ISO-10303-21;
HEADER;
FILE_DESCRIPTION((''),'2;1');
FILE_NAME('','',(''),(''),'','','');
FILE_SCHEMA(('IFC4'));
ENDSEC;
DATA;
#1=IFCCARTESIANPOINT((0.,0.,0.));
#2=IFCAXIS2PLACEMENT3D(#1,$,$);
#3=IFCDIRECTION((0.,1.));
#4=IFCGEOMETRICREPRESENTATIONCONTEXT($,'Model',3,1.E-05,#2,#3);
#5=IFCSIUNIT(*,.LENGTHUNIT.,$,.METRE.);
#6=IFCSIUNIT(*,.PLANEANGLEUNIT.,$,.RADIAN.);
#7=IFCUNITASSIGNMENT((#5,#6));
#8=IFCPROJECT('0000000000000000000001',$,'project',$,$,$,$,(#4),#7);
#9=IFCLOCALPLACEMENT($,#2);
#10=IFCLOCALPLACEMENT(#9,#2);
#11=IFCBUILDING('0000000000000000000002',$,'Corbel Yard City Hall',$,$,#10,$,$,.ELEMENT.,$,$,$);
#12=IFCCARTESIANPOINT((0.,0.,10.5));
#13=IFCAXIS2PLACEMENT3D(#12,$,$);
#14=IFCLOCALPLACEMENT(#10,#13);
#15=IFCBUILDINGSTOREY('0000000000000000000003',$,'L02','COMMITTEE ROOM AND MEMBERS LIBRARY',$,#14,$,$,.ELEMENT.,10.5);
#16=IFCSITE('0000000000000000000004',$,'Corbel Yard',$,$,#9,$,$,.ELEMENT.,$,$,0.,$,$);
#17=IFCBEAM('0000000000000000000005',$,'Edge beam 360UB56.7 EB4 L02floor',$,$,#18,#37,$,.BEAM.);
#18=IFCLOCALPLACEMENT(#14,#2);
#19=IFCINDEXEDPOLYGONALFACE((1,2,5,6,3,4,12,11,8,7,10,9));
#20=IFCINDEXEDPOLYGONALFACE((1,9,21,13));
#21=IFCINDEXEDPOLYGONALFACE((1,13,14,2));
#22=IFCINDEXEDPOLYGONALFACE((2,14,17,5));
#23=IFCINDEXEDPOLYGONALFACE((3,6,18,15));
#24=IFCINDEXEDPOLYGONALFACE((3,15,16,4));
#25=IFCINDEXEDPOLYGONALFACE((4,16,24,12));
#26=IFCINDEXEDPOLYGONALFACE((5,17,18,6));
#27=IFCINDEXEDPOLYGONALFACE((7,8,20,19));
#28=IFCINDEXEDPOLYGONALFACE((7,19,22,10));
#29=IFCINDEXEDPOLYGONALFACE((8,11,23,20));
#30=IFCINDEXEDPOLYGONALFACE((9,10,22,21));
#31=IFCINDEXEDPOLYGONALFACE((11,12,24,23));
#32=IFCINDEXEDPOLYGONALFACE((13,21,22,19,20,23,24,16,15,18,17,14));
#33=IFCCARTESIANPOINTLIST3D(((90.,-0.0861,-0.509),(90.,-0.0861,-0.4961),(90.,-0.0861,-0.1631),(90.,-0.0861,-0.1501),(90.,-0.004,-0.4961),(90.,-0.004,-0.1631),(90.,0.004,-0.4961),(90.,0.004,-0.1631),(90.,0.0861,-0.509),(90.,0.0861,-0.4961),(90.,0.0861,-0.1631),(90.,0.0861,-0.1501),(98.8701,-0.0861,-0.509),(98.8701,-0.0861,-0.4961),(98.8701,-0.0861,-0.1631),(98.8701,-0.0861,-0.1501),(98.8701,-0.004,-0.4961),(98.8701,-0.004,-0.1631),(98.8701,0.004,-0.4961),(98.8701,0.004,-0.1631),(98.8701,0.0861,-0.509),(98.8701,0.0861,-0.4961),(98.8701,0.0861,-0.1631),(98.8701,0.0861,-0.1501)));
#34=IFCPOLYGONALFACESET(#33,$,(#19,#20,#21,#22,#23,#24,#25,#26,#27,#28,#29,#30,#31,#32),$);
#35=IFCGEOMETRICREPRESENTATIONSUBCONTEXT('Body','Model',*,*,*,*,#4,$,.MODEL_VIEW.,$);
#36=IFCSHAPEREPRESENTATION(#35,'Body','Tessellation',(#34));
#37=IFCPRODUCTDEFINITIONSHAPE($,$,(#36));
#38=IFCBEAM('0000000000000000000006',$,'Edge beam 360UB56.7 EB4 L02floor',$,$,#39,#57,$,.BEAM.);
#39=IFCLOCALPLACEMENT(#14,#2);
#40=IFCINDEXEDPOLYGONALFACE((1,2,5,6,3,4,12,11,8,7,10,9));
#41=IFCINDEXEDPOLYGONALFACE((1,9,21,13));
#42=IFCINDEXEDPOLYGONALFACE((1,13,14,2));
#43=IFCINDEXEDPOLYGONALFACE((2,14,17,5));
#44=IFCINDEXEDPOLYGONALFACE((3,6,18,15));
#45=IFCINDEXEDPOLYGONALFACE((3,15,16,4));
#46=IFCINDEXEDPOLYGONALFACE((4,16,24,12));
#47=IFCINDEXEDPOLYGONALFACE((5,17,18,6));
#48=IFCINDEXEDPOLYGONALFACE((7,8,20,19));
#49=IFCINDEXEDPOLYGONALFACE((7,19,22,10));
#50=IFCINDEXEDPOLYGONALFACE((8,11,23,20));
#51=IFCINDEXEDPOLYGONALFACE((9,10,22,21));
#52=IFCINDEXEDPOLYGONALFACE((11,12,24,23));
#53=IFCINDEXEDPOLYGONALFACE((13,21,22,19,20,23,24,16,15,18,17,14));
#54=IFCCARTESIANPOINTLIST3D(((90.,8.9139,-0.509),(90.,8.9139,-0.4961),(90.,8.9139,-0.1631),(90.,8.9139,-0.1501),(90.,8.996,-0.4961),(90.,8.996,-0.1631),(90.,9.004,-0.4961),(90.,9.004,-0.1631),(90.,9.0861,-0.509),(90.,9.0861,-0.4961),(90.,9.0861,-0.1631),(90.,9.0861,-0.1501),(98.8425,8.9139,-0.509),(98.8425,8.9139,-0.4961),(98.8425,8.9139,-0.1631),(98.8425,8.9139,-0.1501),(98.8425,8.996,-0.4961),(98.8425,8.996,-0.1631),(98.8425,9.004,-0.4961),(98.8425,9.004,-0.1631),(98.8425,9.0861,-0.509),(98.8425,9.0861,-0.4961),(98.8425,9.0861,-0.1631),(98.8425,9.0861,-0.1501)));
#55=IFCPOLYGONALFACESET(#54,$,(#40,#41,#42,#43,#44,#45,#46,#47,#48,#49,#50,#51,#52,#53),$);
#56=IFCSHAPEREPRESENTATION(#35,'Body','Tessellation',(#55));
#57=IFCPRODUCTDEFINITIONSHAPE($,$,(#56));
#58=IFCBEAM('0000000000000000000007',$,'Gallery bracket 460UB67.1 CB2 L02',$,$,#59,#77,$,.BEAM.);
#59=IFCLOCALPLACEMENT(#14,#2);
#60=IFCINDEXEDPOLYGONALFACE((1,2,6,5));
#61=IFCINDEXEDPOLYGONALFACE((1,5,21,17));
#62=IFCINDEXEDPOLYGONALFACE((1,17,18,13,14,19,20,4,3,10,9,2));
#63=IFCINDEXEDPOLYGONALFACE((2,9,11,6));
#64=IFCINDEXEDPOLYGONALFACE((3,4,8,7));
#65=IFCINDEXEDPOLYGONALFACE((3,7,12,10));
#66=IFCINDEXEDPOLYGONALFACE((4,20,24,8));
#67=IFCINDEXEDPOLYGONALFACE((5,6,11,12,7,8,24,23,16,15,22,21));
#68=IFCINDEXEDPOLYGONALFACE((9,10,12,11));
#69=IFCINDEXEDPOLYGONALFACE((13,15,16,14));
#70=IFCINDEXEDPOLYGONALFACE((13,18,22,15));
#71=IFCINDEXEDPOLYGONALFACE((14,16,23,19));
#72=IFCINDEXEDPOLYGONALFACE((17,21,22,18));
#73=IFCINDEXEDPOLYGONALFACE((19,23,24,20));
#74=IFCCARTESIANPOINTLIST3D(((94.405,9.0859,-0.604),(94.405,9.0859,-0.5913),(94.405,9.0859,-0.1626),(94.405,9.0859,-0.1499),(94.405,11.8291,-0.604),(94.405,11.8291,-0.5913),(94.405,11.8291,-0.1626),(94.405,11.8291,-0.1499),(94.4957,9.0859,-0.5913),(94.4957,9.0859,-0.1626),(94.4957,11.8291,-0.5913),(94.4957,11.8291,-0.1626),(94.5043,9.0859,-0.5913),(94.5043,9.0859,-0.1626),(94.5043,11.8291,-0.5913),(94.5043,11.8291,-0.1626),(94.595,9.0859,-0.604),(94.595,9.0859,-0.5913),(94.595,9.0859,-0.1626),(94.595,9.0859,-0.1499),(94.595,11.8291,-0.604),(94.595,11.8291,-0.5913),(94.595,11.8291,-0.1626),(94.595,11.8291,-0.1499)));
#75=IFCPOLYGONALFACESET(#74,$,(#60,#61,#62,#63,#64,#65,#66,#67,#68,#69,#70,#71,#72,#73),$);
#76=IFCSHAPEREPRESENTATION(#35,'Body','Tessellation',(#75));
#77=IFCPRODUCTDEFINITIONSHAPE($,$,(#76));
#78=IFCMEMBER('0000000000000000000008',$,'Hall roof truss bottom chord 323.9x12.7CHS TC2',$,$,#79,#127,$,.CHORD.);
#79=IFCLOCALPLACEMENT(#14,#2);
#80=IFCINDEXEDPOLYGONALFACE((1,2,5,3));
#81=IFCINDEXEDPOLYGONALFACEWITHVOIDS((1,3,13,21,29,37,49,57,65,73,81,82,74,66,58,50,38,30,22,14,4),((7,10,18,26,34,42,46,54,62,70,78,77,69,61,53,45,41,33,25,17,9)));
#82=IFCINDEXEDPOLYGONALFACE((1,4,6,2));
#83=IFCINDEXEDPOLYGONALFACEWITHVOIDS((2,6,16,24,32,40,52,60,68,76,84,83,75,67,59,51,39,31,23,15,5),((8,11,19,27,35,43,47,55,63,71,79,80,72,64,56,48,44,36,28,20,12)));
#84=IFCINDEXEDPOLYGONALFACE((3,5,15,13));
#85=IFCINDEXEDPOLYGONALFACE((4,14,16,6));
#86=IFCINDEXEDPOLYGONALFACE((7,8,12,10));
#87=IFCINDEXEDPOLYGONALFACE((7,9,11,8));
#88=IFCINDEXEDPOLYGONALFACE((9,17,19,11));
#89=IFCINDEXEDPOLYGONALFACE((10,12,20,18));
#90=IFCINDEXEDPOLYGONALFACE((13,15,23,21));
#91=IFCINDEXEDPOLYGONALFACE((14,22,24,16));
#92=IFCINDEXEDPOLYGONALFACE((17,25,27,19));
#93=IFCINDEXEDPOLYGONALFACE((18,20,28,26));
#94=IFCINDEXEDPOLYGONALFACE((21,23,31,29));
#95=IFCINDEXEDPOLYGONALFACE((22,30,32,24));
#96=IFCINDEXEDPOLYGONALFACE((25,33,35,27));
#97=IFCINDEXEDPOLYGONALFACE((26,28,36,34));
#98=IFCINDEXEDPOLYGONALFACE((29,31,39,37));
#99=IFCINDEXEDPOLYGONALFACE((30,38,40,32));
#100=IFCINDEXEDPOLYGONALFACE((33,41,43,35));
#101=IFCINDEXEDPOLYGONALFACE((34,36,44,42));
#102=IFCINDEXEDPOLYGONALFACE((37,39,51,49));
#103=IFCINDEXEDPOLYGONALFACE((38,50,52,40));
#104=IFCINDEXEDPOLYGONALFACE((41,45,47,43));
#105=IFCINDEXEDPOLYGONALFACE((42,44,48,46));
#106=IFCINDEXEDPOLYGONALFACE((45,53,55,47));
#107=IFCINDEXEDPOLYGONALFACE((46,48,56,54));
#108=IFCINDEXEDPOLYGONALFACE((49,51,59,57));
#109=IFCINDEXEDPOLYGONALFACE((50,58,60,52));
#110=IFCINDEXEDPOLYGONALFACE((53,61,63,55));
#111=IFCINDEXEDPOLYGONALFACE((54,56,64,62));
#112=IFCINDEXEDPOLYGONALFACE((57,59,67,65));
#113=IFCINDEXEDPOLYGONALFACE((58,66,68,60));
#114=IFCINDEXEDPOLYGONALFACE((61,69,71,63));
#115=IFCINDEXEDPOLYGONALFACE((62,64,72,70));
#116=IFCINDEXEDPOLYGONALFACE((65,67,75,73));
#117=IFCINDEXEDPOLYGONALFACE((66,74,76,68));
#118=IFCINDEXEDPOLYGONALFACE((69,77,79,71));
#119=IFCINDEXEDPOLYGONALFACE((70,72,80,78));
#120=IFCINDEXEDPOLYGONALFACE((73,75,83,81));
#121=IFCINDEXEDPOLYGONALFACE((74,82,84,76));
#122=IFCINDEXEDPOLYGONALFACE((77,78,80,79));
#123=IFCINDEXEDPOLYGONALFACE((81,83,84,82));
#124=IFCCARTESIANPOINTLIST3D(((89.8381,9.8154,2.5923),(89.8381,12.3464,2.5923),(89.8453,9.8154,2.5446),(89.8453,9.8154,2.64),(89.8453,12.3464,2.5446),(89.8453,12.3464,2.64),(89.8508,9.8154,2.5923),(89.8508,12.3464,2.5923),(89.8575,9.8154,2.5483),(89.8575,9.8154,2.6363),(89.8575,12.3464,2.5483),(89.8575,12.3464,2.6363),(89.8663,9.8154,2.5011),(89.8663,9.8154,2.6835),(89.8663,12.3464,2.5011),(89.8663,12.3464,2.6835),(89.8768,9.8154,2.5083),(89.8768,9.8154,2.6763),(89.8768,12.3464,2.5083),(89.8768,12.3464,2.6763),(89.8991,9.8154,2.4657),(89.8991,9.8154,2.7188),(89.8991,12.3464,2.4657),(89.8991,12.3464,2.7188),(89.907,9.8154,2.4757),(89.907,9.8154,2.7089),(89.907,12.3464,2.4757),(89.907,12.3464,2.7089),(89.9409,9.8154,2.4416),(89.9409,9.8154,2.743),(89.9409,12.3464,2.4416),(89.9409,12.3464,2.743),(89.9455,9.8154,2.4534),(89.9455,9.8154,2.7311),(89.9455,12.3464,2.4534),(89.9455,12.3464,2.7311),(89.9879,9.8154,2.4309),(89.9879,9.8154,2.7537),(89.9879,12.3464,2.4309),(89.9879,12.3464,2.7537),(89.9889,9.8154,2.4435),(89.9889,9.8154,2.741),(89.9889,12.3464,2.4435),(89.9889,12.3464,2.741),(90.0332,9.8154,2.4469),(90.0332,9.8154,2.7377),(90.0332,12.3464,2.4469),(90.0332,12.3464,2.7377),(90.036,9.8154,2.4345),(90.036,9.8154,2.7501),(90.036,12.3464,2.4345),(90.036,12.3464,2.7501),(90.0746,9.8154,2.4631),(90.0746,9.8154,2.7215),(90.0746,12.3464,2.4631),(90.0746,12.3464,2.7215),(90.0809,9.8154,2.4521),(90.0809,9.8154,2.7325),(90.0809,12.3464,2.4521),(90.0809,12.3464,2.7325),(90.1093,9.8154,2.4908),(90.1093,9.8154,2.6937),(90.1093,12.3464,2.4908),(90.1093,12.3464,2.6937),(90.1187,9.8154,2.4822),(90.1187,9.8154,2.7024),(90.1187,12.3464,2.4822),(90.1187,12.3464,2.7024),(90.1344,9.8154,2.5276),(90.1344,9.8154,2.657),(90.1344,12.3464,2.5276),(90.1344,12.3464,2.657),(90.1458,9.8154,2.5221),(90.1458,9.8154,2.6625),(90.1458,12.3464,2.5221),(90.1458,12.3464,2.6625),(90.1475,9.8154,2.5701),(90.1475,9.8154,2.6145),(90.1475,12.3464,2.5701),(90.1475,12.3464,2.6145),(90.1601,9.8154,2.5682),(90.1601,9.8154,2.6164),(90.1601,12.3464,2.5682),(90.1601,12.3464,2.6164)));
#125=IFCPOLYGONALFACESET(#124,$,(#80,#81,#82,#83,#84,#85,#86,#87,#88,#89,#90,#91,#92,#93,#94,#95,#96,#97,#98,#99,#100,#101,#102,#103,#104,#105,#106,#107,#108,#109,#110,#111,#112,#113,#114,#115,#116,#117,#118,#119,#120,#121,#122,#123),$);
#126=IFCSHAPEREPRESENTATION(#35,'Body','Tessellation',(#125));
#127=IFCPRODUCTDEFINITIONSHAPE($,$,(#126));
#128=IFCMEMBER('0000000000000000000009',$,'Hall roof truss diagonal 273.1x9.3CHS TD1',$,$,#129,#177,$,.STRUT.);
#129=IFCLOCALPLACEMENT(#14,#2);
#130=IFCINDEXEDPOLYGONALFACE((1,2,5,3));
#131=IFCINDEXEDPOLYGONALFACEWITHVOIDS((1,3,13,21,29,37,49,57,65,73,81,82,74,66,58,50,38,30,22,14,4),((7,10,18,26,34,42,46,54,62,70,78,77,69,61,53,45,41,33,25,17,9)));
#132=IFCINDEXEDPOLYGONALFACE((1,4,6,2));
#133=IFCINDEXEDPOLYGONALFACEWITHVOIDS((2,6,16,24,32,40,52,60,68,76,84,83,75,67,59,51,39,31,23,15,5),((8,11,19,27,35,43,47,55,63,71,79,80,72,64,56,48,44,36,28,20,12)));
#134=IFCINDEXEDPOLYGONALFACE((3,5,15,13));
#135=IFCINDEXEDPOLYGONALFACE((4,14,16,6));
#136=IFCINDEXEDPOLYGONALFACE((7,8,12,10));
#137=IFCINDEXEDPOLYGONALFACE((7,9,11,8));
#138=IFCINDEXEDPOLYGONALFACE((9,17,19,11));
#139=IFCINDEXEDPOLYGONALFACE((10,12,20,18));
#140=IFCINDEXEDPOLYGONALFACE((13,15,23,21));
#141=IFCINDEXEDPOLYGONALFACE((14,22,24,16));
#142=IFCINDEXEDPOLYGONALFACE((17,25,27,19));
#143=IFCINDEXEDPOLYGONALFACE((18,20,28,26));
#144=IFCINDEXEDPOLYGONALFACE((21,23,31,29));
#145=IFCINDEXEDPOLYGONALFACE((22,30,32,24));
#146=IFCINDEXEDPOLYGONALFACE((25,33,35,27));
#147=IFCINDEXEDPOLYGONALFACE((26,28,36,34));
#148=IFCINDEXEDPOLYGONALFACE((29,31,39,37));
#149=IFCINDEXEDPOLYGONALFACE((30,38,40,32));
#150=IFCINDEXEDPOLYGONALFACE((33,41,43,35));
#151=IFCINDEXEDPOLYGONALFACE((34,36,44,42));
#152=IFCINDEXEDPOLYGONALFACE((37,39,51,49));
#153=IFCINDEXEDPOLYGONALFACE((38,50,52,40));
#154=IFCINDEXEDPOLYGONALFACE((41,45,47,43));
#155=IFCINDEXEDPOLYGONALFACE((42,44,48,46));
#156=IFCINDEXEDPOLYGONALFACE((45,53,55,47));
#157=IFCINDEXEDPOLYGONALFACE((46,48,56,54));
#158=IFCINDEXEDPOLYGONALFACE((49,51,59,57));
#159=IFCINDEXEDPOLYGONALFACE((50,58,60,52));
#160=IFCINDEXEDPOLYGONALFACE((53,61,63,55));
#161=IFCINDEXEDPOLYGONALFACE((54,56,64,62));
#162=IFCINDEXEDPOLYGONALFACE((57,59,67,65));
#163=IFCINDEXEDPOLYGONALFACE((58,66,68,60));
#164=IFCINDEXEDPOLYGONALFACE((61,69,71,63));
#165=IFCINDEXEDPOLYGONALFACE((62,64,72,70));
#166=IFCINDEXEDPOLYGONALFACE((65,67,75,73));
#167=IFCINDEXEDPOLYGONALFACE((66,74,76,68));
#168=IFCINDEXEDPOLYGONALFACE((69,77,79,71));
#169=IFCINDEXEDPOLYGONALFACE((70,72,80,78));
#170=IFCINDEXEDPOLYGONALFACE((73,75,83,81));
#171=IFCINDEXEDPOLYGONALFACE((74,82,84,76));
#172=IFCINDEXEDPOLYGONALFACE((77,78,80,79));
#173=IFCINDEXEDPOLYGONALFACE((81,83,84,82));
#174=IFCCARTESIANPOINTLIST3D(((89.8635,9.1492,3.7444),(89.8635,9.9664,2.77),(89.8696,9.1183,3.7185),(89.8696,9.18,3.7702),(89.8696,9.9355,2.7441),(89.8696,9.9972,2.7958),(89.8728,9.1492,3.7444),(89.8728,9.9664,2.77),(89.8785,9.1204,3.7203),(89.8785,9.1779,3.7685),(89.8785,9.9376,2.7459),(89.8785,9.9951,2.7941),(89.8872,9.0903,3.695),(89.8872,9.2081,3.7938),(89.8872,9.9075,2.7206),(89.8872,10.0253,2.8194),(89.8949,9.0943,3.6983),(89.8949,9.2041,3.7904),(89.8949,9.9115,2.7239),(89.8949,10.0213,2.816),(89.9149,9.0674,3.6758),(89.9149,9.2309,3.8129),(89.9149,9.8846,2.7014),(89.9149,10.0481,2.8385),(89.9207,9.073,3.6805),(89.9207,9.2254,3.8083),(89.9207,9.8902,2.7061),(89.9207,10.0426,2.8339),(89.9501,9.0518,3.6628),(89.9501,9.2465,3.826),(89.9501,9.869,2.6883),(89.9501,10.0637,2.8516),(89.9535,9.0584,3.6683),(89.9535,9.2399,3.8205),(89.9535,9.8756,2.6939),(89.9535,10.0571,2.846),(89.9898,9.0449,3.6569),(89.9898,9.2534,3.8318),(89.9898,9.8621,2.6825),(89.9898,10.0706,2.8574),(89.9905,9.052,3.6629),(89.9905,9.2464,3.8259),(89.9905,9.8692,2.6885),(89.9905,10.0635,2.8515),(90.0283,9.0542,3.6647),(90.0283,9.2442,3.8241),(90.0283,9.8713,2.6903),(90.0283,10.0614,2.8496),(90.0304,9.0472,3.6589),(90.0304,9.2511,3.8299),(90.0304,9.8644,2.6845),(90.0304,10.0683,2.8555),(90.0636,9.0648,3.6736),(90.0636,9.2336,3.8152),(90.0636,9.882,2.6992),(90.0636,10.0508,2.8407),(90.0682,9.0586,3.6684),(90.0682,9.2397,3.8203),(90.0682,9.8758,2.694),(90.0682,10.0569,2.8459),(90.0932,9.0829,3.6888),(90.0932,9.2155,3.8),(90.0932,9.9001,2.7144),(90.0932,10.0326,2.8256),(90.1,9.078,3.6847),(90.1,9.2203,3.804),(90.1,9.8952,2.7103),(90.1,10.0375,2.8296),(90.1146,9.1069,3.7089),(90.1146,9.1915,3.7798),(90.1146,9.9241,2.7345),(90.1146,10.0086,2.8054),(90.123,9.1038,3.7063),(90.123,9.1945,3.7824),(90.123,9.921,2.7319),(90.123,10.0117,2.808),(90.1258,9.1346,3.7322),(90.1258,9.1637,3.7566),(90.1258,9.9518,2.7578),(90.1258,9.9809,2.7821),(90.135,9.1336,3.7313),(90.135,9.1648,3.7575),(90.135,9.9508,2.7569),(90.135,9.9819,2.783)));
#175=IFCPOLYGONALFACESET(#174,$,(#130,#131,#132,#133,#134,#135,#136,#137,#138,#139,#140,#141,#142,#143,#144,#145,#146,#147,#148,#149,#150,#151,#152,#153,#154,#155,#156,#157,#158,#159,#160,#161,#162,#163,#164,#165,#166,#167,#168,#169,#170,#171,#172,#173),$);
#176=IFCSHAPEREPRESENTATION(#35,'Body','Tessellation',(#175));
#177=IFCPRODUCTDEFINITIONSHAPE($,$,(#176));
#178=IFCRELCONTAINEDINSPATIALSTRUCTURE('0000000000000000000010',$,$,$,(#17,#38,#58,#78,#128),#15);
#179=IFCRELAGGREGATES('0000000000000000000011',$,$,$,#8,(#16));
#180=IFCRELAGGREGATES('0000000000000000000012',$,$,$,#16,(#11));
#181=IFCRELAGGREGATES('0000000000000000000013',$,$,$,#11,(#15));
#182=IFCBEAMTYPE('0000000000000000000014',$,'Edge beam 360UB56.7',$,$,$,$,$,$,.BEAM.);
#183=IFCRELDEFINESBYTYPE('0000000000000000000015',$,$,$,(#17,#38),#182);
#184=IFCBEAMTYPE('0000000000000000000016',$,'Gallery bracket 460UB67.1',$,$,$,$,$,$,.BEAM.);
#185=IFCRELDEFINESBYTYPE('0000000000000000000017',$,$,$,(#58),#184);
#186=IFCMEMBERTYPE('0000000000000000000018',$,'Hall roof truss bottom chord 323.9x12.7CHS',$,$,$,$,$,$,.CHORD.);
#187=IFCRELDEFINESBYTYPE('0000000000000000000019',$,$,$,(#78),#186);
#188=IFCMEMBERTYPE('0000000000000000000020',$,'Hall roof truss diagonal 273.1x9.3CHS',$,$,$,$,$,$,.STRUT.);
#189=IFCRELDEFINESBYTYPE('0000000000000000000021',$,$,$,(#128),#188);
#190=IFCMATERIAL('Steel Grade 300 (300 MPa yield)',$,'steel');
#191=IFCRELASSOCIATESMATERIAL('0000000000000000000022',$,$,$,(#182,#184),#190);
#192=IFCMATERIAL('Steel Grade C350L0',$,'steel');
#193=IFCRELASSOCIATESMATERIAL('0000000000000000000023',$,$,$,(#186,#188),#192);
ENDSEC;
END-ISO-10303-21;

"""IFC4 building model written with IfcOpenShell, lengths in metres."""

from ifc_helpers import new_model, si_unit, direction, frame, origin, origin_2d, place, context, subcontext, project, spatial, hollow_circle, i_section, extrude, material, material_profile, profile_set, type_object, element, save


model = new_model("IFC4")

# Units and contexts
model_context = context("Model", 3, precision=1e-05, world=origin(), true_north=direction((0.0, 1.0)))
body_context = subcontext(model_context, "Body", "Model", "MODEL_VIEW")
ifc_project = project(units=[si_unit("LENGTHUNIT", "METRE"), si_unit("PLANEANGLEUNIT", "RADIAN")], contexts=[model_context])

# Site, building, storey
site_placement = place(None, origin())
site = spatial("IfcSite", under=ifc_project, at=site_placement, Name="Corbel Yard", CompositionType="ELEMENT", RefElevation=0.0)
building_placement = place(site_placement, origin())
building = spatial("IfcBuilding", under=site, at=building_placement, Name="Corbel Yard City Hall", CompositionType="ELEMENT")
storey_placement = place(building_placement, frame((0.0, 0.0, 10.5)))
storey = spatial("IfcBuildingStorey", under=building, at=storey_placement, Name="L02", Description="COMMITTEE ROOM AND MEMBERS LIBRARY", CompositionType="ELEMENT", Elevation=10.5)

# Beams
ifc_material_1 = material(Name="Steel Grade 300 (300 MPa yield)", Category="steel")
ifc_material_profile_1 = material_profile(ifc_material_1, i_section(OverallWidth=0.1721, OverallDepth=0.3589, WebThickness=0.0081, FlangeThickness=0.0129, at=origin_2d()), Name="360UB56.7")
ifc_profile_set_1 = profile_set([ifc_material_profile_1], Name="Steel Grade 300 (300 MPa yield)")
beam_type_1 = type_object("IfcBeamType", Name="Edge beam 360UB56.7", PredefinedType="BEAM", material=ifc_profile_set_1)
beam_1_placement = place(storey_placement, frame((90.0, 0.0, -0.3296), z_axis=(1.0, 0.0, 0.0), x_axis=(0.0, 1.0, 0.0)))
element("IfcBeam", 1, at=beam_1_placement, inside=storey, type_object=beam_type_1, Name="Edge beam 360UB56.7 EB4 L02floor", PredefinedType="BEAM", context=body_context, shape_type="SweptSolid", body=[
    extrude(i_section(OverallWidth=0.1721, OverallDepth=0.3589, WebThickness=0.0081, FlangeThickness=0.0129, at=origin_2d()), origin(), (0.0, 0.0, 1.0), 8.8701),
])
beam_2_placement = place(storey_placement, frame((90.0, 9.0, -0.3296), z_axis=(1.0, 0.0, 0.0), x_axis=(0.0, 1.0, 0.0)))
element("IfcBeam", 2, at=beam_2_placement, inside=storey, type_object=beam_type_1, Name="Edge beam 360UB56.7 EB4 L02floor", PredefinedType="BEAM", context=body_context, shape_type="SweptSolid", body=[
    extrude(i_section(OverallWidth=0.1721, OverallDepth=0.3589, WebThickness=0.0081, FlangeThickness=0.0129, at=origin_2d()), origin(), (0.0, 0.0, 1.0), 8.8425),
])
ifc_material_profile_2 = material_profile(ifc_material_1, i_section(OverallWidth=0.1899, OverallDepth=0.4541, WebThickness=0.0085, FlangeThickness=0.0127, at=origin_2d()), Name="460UB67.1")
ifc_profile_set_2 = profile_set([ifc_material_profile_2], Name="Steel Grade 300 (300 MPa yield)")
beam_type_2 = type_object("IfcBeamType", Name="Gallery bracket 460UB67.1", PredefinedType="BEAM", material=ifc_profile_set_2)
beam_3_placement = place(storey_placement, frame((94.5, 9.0859, -0.377), z_axis=(0.0, 1.0, 0.0), x_axis=(-1.0, 0.0, 0.0)))
element("IfcBeam", 3, at=beam_3_placement, inside=storey, type_object=beam_type_2, Name="Gallery bracket 460UB67.1 CB2 L02", PredefinedType="BEAM", context=body_context, shape_type="SweptSolid", body=[
    extrude(i_section(OverallWidth=0.1899, OverallDepth=0.4541, WebThickness=0.0085, FlangeThickness=0.0127, at=origin_2d()), origin(), (0.0, 0.0, 1.0), 2.7432),
])

# Members
ifc_material_2 = material(Name="Steel Grade C350L0", Category="steel")
ifc_material_profile_3 = material_profile(ifc_material_2, hollow_circle(Radius=0.1619, WallThickness=0.0127, at=origin_2d()), Name="323.9x12.7CHS")
ifc_profile_set_3 = profile_set([ifc_material_profile_3], Name="Steel Grade C350L0")
member_type_1 = type_object("IfcMemberType", Name="Hall roof truss bottom chord 323.9x12.7CHS", PredefinedType="CHORD", material=ifc_profile_set_3)
member_1_placement = place(storey_placement, frame((90.0, 9.8154, 2.5923), z_axis=(0.0, 1.0, 0.0), x_axis=(-1.0, 0.0, 0.0)))
element("IfcMember", 4, at=member_1_placement, inside=storey, type_object=member_type_1, Name="Hall roof truss bottom chord 323.9x12.7CHS TC2", PredefinedType="CHORD", context=body_context, shape_type="SweptSolid", body=[
    extrude(hollow_circle(Radius=0.1619, WallThickness=0.0127, at=origin_2d()), origin(), (0.0, 0.0, 1.0), 2.531),
])
ifc_material_profile_4 = material_profile(ifc_material_2, hollow_circle(Radius=0.1365, WallThickness=0.0093, at=origin_2d()), Name="273.1x9.3CHS")
ifc_profile_set_4 = profile_set([ifc_material_profile_4], Name="Steel Grade C350L0")
member_type_2 = type_object("IfcMemberType", Name="Hall roof truss diagonal 273.1x9.3CHS", PredefinedType="STRUT", material=ifc_profile_set_4)
member_2_placement = place(storey_placement, frame((90.0, 9.1492, 3.7444), z_axis=(0.0, 0.64258, -0.766219), x_axis=(-1.0, 0.0, 0.0)))
element("IfcMember", 5, at=member_2_placement, inside=storey, type_object=member_type_2, Name="Hall roof truss diagonal 273.1x9.3CHS TD1", PredefinedType="STRUT", context=body_context, shape_type="SweptSolid", body=[
    extrude(hollow_circle(Radius=0.1365, WallThickness=0.0093, at=origin_2d()), origin(), (0.0, 0.0, 1.0), 1.2717),
])

save(model, "model.ifc")
